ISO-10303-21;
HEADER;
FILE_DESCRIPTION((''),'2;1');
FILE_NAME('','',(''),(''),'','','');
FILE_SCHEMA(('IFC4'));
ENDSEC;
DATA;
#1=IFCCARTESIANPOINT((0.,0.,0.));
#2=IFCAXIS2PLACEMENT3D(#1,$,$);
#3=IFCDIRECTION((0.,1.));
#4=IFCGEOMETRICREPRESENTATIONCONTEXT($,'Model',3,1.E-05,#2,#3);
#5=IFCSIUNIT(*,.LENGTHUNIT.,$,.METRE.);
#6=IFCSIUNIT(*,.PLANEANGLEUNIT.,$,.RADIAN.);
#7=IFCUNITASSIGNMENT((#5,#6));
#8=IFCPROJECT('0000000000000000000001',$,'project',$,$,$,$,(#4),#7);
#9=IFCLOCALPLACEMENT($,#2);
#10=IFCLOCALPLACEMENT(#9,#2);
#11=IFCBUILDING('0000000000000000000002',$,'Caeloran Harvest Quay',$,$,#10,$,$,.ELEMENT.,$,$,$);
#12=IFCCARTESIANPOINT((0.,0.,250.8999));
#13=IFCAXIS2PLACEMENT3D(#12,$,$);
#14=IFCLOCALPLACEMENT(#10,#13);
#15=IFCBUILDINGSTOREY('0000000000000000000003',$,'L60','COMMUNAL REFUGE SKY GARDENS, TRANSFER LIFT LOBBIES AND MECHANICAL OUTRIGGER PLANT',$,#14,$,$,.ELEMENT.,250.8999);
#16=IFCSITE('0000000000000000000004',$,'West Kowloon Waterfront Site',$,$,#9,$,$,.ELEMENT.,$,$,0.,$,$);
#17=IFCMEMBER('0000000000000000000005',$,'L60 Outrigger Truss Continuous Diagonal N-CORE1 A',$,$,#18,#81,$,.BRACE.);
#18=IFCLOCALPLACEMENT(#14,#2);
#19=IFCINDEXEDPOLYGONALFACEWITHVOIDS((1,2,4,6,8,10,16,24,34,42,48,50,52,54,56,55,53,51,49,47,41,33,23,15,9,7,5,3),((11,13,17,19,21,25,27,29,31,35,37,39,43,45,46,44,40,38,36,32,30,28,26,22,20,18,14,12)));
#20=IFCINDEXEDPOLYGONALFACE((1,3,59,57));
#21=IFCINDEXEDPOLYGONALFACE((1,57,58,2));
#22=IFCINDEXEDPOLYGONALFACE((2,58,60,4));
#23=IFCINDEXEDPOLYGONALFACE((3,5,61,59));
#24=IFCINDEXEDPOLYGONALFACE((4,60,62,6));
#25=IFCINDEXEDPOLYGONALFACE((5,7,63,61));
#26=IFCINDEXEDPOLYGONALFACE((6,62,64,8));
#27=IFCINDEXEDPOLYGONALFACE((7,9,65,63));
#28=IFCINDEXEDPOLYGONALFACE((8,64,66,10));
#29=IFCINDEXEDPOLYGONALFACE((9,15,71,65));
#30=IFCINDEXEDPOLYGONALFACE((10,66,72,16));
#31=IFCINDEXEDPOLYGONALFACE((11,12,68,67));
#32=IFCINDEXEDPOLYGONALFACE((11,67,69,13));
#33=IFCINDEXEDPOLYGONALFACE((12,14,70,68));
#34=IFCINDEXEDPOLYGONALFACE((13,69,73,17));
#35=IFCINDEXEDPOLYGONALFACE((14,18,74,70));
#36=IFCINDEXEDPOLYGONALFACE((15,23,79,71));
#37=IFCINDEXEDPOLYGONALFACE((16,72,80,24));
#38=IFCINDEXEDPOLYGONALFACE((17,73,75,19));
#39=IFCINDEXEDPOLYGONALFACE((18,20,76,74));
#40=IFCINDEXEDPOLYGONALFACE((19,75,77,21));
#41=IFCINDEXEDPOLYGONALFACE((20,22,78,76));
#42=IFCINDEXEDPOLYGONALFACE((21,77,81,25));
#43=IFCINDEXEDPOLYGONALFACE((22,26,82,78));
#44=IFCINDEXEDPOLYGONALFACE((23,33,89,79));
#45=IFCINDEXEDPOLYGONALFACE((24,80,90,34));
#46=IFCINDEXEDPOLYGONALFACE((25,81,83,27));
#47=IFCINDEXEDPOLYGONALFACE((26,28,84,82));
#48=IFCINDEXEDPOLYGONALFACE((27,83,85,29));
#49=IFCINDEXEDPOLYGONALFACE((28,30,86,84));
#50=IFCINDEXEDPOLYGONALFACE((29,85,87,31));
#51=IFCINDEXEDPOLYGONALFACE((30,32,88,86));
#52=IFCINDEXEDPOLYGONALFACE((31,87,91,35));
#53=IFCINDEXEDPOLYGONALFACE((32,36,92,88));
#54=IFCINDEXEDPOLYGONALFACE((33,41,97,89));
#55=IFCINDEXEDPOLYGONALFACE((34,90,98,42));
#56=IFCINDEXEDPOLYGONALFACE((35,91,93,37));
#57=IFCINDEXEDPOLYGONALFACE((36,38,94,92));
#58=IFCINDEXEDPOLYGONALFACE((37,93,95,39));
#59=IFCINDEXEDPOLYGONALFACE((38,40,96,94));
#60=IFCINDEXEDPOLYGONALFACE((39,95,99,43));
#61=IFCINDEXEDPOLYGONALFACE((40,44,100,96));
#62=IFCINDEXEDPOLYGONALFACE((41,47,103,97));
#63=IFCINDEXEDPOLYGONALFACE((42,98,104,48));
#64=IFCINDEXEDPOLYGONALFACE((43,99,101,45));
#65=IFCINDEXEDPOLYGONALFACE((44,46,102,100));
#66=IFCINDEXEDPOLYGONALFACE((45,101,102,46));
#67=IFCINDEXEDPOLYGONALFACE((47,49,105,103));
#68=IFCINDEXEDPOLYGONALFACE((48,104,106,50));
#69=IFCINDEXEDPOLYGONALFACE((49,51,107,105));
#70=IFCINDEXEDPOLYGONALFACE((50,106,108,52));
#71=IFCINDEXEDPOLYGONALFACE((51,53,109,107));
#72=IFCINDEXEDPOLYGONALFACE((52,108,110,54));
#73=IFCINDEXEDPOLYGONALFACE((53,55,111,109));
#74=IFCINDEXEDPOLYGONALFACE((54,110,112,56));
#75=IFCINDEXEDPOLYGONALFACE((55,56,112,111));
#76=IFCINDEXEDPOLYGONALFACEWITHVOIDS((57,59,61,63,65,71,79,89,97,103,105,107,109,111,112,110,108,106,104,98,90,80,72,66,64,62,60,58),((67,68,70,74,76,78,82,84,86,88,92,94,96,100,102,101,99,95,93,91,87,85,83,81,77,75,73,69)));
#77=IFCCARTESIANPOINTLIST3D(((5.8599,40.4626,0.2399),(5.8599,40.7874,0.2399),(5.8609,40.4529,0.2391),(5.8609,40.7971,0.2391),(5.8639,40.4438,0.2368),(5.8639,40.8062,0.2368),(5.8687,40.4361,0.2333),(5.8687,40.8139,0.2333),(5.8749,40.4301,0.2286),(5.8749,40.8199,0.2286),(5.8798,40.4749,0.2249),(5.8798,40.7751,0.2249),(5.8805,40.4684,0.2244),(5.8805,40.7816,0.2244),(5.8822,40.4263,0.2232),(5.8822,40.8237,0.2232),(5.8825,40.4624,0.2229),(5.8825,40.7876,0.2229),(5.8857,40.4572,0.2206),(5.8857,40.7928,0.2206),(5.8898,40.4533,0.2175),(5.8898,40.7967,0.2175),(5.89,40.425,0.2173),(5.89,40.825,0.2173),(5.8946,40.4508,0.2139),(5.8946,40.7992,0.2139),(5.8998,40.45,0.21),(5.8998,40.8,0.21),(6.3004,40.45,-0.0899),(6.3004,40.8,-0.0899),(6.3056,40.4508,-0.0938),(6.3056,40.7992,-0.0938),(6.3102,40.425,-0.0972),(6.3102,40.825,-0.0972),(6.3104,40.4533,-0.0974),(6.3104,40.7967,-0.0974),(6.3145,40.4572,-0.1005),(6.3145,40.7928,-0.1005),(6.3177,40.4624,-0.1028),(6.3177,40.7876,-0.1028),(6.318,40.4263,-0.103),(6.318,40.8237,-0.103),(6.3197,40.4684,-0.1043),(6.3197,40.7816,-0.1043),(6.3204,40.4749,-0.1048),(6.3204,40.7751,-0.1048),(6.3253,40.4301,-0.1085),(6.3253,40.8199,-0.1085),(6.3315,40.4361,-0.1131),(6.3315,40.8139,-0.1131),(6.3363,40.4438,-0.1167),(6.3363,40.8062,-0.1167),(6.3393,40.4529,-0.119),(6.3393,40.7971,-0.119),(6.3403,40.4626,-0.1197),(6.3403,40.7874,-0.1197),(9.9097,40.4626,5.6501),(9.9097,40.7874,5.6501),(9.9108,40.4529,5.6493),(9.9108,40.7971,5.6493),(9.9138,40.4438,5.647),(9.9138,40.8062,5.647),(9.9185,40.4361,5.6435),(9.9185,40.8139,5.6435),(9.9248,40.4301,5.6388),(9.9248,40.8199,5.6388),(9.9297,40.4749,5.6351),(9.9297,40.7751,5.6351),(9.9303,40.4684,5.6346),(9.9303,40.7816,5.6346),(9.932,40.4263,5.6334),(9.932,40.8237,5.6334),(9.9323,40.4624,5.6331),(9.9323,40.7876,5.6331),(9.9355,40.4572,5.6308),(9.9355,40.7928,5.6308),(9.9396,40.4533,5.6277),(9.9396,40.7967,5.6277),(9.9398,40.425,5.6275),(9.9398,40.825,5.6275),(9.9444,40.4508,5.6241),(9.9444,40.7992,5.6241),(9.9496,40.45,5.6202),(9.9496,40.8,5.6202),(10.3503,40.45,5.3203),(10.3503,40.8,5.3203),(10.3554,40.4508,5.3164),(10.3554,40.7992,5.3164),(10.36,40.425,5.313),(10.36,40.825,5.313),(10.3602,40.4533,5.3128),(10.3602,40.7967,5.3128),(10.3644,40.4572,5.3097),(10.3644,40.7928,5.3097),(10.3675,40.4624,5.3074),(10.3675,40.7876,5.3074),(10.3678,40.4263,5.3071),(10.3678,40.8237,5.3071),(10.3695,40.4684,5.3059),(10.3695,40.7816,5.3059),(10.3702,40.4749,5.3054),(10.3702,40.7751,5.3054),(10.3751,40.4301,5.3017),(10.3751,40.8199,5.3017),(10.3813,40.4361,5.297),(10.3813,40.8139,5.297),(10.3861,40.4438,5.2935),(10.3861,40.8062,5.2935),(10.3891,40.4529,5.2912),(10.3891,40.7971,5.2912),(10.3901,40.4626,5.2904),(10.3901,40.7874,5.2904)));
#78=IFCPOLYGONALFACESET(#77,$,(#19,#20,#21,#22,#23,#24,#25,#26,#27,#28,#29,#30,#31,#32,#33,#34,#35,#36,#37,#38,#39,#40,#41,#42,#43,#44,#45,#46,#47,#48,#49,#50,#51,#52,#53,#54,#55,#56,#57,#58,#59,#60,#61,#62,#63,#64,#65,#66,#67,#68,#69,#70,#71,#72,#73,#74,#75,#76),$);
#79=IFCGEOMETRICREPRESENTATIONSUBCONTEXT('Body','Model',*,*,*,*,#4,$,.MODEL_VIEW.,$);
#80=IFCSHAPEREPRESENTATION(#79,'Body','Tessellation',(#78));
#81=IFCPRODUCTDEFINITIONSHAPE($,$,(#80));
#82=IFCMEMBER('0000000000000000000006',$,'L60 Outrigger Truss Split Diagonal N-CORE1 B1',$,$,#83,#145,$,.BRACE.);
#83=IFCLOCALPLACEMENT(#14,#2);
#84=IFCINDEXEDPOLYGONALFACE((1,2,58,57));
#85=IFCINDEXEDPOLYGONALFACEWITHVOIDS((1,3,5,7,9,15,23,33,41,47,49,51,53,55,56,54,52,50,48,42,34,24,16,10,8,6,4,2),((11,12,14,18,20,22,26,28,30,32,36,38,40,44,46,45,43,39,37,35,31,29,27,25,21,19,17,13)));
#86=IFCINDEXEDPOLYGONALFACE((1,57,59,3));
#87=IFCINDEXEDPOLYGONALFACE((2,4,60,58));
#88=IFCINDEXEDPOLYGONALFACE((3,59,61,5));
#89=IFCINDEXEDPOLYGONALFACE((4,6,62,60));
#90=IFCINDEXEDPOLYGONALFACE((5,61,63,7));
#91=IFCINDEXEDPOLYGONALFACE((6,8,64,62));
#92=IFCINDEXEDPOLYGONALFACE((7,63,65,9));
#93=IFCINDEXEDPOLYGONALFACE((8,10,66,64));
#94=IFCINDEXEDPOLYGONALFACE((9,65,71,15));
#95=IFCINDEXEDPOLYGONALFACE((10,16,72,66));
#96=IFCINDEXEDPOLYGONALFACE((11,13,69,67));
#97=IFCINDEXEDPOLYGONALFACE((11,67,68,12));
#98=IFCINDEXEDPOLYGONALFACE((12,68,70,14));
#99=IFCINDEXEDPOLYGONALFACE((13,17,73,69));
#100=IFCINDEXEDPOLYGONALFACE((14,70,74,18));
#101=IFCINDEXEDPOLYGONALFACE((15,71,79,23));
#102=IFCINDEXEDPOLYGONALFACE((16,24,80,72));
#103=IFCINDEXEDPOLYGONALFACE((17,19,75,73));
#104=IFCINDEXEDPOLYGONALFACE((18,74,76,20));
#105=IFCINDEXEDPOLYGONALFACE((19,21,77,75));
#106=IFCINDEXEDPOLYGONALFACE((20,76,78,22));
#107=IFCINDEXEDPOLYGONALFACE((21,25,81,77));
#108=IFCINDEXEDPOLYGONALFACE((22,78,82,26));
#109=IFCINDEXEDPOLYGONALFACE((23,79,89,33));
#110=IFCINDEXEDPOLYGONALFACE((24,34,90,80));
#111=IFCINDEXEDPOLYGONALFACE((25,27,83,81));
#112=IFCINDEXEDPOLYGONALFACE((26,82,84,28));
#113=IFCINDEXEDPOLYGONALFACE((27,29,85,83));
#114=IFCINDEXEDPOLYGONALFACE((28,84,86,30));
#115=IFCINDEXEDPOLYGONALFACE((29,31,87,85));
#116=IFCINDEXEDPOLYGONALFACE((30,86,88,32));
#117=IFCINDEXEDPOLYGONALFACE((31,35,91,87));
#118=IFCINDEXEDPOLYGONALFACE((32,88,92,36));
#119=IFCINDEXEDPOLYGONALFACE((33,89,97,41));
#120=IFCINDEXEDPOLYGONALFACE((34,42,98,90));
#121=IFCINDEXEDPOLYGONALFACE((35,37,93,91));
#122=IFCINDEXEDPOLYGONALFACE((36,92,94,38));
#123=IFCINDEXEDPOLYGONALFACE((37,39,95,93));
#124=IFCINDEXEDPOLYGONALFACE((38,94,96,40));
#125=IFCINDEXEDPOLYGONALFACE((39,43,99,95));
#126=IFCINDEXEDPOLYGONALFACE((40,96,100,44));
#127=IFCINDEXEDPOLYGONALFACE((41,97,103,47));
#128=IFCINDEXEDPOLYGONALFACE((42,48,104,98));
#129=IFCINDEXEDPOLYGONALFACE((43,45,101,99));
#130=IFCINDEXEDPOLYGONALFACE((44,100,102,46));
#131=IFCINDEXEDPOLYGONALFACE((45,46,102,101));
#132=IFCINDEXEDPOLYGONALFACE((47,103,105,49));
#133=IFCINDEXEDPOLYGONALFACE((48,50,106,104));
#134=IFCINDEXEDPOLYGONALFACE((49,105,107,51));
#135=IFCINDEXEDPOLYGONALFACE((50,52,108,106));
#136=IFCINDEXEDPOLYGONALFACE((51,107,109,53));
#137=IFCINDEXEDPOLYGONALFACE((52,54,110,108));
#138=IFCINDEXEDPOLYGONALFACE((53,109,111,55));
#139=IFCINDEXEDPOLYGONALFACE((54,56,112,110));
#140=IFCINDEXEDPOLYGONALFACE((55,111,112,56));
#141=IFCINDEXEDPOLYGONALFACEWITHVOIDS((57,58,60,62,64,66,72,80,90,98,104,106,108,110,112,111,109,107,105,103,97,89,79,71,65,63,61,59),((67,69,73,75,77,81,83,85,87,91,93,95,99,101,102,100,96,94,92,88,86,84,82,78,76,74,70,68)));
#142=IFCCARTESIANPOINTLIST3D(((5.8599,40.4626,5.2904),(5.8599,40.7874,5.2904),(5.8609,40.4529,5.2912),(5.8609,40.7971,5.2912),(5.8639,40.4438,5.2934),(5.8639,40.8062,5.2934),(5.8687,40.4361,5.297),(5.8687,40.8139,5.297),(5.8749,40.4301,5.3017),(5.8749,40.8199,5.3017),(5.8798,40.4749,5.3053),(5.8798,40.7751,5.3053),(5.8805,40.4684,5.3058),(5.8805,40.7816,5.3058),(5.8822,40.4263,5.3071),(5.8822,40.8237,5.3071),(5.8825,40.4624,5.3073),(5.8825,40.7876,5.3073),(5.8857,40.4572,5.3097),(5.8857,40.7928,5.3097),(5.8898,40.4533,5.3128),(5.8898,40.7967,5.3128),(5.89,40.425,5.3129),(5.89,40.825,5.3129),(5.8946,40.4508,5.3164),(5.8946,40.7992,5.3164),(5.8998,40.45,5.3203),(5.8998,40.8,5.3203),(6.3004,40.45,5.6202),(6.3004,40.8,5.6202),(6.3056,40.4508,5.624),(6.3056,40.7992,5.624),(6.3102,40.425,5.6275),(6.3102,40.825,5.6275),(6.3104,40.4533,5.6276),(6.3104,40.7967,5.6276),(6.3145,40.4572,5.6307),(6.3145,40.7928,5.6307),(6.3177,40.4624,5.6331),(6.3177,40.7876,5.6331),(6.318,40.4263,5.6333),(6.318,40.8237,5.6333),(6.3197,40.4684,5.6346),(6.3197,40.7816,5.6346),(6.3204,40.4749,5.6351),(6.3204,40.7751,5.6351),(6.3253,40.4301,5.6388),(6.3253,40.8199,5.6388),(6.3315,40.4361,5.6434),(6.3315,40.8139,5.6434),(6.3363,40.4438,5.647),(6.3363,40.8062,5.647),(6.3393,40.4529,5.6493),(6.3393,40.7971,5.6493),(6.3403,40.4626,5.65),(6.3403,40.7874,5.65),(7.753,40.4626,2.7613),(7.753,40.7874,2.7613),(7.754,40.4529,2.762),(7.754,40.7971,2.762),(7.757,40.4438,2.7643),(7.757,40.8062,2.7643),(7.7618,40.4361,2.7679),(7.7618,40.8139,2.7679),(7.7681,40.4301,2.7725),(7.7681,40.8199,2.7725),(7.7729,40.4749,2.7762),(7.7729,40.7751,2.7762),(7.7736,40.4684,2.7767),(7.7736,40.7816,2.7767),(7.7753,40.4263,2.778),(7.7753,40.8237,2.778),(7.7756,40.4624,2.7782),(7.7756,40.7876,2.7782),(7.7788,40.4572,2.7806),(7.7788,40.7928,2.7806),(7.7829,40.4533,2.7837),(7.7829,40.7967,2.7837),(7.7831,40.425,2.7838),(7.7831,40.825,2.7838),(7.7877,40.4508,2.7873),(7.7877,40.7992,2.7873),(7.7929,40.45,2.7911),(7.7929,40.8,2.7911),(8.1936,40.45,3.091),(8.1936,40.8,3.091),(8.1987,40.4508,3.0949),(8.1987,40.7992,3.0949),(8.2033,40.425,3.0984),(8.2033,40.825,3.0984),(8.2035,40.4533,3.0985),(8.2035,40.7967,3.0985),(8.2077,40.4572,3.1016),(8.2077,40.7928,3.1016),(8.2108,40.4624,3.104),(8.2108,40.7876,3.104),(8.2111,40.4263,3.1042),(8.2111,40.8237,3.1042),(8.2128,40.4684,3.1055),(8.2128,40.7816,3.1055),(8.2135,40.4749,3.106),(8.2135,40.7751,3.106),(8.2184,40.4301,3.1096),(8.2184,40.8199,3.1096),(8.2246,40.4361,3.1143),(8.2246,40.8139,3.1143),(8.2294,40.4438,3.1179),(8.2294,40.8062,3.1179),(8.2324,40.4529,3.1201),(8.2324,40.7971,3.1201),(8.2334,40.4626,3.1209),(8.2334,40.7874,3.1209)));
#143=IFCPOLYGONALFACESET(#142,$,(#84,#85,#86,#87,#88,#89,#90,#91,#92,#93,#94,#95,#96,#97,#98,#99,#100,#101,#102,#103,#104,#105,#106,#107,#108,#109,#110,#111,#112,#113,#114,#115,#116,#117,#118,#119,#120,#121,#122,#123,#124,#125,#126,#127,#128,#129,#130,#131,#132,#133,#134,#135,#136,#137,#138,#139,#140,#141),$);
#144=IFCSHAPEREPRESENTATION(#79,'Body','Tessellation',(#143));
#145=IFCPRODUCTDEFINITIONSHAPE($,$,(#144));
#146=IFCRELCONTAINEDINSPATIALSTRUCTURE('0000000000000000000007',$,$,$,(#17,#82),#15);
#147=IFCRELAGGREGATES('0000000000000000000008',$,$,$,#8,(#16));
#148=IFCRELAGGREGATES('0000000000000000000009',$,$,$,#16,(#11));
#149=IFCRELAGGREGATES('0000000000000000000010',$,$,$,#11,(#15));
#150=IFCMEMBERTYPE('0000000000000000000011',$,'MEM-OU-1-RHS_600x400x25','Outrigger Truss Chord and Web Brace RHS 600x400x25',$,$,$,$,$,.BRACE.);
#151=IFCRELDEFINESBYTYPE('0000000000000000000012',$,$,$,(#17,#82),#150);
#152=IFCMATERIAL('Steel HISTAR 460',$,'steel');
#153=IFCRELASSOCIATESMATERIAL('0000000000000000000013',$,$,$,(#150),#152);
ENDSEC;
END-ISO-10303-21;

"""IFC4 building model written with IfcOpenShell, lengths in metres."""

from ifc_helpers import new_model, si_unit, direction, frame, origin, origin_2d, place, context, subcontext, project, spatial, hollow_rectangle, extrude, material, material_profile, profile_set, type_object, element, save


model = new_model("IFC4")

# Units and contexts
model_context = context("Model", 3, precision=1e-05, world=origin(), true_north=direction((0.0, 1.0)))
body_context = subcontext(model_context, "Body", "Model", "MODEL_VIEW")
ifc_project = project(units=[si_unit("LENGTHUNIT", "METRE"), si_unit("PLANEANGLEUNIT", "RADIAN")], contexts=[model_context])

# Site, building, storey
site_placement = place(None, origin())
site = spatial("IfcSite", under=ifc_project, at=site_placement, Name="West Kowloon Waterfront Site", CompositionType="ELEMENT", RefElevation=0.0)
building_placement = place(site_placement, origin())
building = spatial("IfcBuilding", under=site, at=building_placement, Name="Caeloran Harvest Quay", CompositionType="ELEMENT")
storey_placement = place(building_placement, frame((0.0, 0.0, 250.8999)))
storey = spatial("IfcBuildingStorey", under=building, at=storey_placement, Name="L60", Description="COMMUNAL REFUGE SKY GARDENS, TRANSFER LIFT LOBBIES AND MECHANICAL OUTRIGGER PLANT", CompositionType="ELEMENT", Elevation=250.8999)

# Members
ifc_material_1 = material(Name="Steel HISTAR 460", Category="steel")
ifc_material_profile_1 = material_profile(ifc_material_1, hollow_rectangle(XDim=0.3999, YDim=0.6001, WallThickness=0.0249, InnerFilletRadius=0.0249, OuterFilletRadius=0.0376, at=origin_2d()), Name="RHS 600x400x25")
ifc_profile_set_1 = profile_set([ifc_material_profile_1], Name="Steel HISTAR 460")
member_type_1 = type_object("IfcMemberType", Name="MEM-OU-1-RHS_600x400x25", Description="Outrigger Truss Chord and Web Brace RHS 600x400x25", PredefinedType="BRACE", material=ifc_profile_set_1)
member_1_placement = place(storey_placement, frame((6.1001, 40.625, 0.0601), z_axis=(0.59926, 0.0, 0.800555), x_axis=(0.0, 1.0, 0.0)))
element("IfcMember", 1, at=member_1_placement, inside=storey, type_object=member_type_1, Name="L60 Outrigger Truss Continuous Diagonal N-CORE1 A", PredefinedType="BRACE", context=body_context, shape_type="SweptSolid", body=[
    extrude(hollow_rectangle(XDim=0.3999, YDim=0.6001, WallThickness=0.0249, InnerFilletRadius=0.0249, OuterFilletRadius=0.0376, at=origin_2d()), origin(), (0.0, 0.0, 1.0), 6.7581),
])
for number, where, z_axis, x_axis, name in (
    (2, (6.1001, 40.625, 5.4702), (0.599245, 0.0, -0.800565), (0.0, 1.0, 0.0), "L60 Outrigger Truss Split Diagonal N-CORE1 B1"),
):
    element("IfcMember", number, at=place(storey_placement, frame(where, z_axis=z_axis, x_axis=x_axis)), inside=storey, type_object=member_type_1, Name=name, PredefinedType="BRACE", context=body_context, shape_type="SweptSolid", body=[
        extrude(hollow_rectangle(XDim=0.3999, YDim=0.6001, WallThickness=0.0249, InnerFilletRadius=0.0249, OuterFilletRadius=0.0376, at=origin_2d()), origin(), (0.0, 0.0, 1.0), 3.1592),
    ])

save(model, "model.ifc")
